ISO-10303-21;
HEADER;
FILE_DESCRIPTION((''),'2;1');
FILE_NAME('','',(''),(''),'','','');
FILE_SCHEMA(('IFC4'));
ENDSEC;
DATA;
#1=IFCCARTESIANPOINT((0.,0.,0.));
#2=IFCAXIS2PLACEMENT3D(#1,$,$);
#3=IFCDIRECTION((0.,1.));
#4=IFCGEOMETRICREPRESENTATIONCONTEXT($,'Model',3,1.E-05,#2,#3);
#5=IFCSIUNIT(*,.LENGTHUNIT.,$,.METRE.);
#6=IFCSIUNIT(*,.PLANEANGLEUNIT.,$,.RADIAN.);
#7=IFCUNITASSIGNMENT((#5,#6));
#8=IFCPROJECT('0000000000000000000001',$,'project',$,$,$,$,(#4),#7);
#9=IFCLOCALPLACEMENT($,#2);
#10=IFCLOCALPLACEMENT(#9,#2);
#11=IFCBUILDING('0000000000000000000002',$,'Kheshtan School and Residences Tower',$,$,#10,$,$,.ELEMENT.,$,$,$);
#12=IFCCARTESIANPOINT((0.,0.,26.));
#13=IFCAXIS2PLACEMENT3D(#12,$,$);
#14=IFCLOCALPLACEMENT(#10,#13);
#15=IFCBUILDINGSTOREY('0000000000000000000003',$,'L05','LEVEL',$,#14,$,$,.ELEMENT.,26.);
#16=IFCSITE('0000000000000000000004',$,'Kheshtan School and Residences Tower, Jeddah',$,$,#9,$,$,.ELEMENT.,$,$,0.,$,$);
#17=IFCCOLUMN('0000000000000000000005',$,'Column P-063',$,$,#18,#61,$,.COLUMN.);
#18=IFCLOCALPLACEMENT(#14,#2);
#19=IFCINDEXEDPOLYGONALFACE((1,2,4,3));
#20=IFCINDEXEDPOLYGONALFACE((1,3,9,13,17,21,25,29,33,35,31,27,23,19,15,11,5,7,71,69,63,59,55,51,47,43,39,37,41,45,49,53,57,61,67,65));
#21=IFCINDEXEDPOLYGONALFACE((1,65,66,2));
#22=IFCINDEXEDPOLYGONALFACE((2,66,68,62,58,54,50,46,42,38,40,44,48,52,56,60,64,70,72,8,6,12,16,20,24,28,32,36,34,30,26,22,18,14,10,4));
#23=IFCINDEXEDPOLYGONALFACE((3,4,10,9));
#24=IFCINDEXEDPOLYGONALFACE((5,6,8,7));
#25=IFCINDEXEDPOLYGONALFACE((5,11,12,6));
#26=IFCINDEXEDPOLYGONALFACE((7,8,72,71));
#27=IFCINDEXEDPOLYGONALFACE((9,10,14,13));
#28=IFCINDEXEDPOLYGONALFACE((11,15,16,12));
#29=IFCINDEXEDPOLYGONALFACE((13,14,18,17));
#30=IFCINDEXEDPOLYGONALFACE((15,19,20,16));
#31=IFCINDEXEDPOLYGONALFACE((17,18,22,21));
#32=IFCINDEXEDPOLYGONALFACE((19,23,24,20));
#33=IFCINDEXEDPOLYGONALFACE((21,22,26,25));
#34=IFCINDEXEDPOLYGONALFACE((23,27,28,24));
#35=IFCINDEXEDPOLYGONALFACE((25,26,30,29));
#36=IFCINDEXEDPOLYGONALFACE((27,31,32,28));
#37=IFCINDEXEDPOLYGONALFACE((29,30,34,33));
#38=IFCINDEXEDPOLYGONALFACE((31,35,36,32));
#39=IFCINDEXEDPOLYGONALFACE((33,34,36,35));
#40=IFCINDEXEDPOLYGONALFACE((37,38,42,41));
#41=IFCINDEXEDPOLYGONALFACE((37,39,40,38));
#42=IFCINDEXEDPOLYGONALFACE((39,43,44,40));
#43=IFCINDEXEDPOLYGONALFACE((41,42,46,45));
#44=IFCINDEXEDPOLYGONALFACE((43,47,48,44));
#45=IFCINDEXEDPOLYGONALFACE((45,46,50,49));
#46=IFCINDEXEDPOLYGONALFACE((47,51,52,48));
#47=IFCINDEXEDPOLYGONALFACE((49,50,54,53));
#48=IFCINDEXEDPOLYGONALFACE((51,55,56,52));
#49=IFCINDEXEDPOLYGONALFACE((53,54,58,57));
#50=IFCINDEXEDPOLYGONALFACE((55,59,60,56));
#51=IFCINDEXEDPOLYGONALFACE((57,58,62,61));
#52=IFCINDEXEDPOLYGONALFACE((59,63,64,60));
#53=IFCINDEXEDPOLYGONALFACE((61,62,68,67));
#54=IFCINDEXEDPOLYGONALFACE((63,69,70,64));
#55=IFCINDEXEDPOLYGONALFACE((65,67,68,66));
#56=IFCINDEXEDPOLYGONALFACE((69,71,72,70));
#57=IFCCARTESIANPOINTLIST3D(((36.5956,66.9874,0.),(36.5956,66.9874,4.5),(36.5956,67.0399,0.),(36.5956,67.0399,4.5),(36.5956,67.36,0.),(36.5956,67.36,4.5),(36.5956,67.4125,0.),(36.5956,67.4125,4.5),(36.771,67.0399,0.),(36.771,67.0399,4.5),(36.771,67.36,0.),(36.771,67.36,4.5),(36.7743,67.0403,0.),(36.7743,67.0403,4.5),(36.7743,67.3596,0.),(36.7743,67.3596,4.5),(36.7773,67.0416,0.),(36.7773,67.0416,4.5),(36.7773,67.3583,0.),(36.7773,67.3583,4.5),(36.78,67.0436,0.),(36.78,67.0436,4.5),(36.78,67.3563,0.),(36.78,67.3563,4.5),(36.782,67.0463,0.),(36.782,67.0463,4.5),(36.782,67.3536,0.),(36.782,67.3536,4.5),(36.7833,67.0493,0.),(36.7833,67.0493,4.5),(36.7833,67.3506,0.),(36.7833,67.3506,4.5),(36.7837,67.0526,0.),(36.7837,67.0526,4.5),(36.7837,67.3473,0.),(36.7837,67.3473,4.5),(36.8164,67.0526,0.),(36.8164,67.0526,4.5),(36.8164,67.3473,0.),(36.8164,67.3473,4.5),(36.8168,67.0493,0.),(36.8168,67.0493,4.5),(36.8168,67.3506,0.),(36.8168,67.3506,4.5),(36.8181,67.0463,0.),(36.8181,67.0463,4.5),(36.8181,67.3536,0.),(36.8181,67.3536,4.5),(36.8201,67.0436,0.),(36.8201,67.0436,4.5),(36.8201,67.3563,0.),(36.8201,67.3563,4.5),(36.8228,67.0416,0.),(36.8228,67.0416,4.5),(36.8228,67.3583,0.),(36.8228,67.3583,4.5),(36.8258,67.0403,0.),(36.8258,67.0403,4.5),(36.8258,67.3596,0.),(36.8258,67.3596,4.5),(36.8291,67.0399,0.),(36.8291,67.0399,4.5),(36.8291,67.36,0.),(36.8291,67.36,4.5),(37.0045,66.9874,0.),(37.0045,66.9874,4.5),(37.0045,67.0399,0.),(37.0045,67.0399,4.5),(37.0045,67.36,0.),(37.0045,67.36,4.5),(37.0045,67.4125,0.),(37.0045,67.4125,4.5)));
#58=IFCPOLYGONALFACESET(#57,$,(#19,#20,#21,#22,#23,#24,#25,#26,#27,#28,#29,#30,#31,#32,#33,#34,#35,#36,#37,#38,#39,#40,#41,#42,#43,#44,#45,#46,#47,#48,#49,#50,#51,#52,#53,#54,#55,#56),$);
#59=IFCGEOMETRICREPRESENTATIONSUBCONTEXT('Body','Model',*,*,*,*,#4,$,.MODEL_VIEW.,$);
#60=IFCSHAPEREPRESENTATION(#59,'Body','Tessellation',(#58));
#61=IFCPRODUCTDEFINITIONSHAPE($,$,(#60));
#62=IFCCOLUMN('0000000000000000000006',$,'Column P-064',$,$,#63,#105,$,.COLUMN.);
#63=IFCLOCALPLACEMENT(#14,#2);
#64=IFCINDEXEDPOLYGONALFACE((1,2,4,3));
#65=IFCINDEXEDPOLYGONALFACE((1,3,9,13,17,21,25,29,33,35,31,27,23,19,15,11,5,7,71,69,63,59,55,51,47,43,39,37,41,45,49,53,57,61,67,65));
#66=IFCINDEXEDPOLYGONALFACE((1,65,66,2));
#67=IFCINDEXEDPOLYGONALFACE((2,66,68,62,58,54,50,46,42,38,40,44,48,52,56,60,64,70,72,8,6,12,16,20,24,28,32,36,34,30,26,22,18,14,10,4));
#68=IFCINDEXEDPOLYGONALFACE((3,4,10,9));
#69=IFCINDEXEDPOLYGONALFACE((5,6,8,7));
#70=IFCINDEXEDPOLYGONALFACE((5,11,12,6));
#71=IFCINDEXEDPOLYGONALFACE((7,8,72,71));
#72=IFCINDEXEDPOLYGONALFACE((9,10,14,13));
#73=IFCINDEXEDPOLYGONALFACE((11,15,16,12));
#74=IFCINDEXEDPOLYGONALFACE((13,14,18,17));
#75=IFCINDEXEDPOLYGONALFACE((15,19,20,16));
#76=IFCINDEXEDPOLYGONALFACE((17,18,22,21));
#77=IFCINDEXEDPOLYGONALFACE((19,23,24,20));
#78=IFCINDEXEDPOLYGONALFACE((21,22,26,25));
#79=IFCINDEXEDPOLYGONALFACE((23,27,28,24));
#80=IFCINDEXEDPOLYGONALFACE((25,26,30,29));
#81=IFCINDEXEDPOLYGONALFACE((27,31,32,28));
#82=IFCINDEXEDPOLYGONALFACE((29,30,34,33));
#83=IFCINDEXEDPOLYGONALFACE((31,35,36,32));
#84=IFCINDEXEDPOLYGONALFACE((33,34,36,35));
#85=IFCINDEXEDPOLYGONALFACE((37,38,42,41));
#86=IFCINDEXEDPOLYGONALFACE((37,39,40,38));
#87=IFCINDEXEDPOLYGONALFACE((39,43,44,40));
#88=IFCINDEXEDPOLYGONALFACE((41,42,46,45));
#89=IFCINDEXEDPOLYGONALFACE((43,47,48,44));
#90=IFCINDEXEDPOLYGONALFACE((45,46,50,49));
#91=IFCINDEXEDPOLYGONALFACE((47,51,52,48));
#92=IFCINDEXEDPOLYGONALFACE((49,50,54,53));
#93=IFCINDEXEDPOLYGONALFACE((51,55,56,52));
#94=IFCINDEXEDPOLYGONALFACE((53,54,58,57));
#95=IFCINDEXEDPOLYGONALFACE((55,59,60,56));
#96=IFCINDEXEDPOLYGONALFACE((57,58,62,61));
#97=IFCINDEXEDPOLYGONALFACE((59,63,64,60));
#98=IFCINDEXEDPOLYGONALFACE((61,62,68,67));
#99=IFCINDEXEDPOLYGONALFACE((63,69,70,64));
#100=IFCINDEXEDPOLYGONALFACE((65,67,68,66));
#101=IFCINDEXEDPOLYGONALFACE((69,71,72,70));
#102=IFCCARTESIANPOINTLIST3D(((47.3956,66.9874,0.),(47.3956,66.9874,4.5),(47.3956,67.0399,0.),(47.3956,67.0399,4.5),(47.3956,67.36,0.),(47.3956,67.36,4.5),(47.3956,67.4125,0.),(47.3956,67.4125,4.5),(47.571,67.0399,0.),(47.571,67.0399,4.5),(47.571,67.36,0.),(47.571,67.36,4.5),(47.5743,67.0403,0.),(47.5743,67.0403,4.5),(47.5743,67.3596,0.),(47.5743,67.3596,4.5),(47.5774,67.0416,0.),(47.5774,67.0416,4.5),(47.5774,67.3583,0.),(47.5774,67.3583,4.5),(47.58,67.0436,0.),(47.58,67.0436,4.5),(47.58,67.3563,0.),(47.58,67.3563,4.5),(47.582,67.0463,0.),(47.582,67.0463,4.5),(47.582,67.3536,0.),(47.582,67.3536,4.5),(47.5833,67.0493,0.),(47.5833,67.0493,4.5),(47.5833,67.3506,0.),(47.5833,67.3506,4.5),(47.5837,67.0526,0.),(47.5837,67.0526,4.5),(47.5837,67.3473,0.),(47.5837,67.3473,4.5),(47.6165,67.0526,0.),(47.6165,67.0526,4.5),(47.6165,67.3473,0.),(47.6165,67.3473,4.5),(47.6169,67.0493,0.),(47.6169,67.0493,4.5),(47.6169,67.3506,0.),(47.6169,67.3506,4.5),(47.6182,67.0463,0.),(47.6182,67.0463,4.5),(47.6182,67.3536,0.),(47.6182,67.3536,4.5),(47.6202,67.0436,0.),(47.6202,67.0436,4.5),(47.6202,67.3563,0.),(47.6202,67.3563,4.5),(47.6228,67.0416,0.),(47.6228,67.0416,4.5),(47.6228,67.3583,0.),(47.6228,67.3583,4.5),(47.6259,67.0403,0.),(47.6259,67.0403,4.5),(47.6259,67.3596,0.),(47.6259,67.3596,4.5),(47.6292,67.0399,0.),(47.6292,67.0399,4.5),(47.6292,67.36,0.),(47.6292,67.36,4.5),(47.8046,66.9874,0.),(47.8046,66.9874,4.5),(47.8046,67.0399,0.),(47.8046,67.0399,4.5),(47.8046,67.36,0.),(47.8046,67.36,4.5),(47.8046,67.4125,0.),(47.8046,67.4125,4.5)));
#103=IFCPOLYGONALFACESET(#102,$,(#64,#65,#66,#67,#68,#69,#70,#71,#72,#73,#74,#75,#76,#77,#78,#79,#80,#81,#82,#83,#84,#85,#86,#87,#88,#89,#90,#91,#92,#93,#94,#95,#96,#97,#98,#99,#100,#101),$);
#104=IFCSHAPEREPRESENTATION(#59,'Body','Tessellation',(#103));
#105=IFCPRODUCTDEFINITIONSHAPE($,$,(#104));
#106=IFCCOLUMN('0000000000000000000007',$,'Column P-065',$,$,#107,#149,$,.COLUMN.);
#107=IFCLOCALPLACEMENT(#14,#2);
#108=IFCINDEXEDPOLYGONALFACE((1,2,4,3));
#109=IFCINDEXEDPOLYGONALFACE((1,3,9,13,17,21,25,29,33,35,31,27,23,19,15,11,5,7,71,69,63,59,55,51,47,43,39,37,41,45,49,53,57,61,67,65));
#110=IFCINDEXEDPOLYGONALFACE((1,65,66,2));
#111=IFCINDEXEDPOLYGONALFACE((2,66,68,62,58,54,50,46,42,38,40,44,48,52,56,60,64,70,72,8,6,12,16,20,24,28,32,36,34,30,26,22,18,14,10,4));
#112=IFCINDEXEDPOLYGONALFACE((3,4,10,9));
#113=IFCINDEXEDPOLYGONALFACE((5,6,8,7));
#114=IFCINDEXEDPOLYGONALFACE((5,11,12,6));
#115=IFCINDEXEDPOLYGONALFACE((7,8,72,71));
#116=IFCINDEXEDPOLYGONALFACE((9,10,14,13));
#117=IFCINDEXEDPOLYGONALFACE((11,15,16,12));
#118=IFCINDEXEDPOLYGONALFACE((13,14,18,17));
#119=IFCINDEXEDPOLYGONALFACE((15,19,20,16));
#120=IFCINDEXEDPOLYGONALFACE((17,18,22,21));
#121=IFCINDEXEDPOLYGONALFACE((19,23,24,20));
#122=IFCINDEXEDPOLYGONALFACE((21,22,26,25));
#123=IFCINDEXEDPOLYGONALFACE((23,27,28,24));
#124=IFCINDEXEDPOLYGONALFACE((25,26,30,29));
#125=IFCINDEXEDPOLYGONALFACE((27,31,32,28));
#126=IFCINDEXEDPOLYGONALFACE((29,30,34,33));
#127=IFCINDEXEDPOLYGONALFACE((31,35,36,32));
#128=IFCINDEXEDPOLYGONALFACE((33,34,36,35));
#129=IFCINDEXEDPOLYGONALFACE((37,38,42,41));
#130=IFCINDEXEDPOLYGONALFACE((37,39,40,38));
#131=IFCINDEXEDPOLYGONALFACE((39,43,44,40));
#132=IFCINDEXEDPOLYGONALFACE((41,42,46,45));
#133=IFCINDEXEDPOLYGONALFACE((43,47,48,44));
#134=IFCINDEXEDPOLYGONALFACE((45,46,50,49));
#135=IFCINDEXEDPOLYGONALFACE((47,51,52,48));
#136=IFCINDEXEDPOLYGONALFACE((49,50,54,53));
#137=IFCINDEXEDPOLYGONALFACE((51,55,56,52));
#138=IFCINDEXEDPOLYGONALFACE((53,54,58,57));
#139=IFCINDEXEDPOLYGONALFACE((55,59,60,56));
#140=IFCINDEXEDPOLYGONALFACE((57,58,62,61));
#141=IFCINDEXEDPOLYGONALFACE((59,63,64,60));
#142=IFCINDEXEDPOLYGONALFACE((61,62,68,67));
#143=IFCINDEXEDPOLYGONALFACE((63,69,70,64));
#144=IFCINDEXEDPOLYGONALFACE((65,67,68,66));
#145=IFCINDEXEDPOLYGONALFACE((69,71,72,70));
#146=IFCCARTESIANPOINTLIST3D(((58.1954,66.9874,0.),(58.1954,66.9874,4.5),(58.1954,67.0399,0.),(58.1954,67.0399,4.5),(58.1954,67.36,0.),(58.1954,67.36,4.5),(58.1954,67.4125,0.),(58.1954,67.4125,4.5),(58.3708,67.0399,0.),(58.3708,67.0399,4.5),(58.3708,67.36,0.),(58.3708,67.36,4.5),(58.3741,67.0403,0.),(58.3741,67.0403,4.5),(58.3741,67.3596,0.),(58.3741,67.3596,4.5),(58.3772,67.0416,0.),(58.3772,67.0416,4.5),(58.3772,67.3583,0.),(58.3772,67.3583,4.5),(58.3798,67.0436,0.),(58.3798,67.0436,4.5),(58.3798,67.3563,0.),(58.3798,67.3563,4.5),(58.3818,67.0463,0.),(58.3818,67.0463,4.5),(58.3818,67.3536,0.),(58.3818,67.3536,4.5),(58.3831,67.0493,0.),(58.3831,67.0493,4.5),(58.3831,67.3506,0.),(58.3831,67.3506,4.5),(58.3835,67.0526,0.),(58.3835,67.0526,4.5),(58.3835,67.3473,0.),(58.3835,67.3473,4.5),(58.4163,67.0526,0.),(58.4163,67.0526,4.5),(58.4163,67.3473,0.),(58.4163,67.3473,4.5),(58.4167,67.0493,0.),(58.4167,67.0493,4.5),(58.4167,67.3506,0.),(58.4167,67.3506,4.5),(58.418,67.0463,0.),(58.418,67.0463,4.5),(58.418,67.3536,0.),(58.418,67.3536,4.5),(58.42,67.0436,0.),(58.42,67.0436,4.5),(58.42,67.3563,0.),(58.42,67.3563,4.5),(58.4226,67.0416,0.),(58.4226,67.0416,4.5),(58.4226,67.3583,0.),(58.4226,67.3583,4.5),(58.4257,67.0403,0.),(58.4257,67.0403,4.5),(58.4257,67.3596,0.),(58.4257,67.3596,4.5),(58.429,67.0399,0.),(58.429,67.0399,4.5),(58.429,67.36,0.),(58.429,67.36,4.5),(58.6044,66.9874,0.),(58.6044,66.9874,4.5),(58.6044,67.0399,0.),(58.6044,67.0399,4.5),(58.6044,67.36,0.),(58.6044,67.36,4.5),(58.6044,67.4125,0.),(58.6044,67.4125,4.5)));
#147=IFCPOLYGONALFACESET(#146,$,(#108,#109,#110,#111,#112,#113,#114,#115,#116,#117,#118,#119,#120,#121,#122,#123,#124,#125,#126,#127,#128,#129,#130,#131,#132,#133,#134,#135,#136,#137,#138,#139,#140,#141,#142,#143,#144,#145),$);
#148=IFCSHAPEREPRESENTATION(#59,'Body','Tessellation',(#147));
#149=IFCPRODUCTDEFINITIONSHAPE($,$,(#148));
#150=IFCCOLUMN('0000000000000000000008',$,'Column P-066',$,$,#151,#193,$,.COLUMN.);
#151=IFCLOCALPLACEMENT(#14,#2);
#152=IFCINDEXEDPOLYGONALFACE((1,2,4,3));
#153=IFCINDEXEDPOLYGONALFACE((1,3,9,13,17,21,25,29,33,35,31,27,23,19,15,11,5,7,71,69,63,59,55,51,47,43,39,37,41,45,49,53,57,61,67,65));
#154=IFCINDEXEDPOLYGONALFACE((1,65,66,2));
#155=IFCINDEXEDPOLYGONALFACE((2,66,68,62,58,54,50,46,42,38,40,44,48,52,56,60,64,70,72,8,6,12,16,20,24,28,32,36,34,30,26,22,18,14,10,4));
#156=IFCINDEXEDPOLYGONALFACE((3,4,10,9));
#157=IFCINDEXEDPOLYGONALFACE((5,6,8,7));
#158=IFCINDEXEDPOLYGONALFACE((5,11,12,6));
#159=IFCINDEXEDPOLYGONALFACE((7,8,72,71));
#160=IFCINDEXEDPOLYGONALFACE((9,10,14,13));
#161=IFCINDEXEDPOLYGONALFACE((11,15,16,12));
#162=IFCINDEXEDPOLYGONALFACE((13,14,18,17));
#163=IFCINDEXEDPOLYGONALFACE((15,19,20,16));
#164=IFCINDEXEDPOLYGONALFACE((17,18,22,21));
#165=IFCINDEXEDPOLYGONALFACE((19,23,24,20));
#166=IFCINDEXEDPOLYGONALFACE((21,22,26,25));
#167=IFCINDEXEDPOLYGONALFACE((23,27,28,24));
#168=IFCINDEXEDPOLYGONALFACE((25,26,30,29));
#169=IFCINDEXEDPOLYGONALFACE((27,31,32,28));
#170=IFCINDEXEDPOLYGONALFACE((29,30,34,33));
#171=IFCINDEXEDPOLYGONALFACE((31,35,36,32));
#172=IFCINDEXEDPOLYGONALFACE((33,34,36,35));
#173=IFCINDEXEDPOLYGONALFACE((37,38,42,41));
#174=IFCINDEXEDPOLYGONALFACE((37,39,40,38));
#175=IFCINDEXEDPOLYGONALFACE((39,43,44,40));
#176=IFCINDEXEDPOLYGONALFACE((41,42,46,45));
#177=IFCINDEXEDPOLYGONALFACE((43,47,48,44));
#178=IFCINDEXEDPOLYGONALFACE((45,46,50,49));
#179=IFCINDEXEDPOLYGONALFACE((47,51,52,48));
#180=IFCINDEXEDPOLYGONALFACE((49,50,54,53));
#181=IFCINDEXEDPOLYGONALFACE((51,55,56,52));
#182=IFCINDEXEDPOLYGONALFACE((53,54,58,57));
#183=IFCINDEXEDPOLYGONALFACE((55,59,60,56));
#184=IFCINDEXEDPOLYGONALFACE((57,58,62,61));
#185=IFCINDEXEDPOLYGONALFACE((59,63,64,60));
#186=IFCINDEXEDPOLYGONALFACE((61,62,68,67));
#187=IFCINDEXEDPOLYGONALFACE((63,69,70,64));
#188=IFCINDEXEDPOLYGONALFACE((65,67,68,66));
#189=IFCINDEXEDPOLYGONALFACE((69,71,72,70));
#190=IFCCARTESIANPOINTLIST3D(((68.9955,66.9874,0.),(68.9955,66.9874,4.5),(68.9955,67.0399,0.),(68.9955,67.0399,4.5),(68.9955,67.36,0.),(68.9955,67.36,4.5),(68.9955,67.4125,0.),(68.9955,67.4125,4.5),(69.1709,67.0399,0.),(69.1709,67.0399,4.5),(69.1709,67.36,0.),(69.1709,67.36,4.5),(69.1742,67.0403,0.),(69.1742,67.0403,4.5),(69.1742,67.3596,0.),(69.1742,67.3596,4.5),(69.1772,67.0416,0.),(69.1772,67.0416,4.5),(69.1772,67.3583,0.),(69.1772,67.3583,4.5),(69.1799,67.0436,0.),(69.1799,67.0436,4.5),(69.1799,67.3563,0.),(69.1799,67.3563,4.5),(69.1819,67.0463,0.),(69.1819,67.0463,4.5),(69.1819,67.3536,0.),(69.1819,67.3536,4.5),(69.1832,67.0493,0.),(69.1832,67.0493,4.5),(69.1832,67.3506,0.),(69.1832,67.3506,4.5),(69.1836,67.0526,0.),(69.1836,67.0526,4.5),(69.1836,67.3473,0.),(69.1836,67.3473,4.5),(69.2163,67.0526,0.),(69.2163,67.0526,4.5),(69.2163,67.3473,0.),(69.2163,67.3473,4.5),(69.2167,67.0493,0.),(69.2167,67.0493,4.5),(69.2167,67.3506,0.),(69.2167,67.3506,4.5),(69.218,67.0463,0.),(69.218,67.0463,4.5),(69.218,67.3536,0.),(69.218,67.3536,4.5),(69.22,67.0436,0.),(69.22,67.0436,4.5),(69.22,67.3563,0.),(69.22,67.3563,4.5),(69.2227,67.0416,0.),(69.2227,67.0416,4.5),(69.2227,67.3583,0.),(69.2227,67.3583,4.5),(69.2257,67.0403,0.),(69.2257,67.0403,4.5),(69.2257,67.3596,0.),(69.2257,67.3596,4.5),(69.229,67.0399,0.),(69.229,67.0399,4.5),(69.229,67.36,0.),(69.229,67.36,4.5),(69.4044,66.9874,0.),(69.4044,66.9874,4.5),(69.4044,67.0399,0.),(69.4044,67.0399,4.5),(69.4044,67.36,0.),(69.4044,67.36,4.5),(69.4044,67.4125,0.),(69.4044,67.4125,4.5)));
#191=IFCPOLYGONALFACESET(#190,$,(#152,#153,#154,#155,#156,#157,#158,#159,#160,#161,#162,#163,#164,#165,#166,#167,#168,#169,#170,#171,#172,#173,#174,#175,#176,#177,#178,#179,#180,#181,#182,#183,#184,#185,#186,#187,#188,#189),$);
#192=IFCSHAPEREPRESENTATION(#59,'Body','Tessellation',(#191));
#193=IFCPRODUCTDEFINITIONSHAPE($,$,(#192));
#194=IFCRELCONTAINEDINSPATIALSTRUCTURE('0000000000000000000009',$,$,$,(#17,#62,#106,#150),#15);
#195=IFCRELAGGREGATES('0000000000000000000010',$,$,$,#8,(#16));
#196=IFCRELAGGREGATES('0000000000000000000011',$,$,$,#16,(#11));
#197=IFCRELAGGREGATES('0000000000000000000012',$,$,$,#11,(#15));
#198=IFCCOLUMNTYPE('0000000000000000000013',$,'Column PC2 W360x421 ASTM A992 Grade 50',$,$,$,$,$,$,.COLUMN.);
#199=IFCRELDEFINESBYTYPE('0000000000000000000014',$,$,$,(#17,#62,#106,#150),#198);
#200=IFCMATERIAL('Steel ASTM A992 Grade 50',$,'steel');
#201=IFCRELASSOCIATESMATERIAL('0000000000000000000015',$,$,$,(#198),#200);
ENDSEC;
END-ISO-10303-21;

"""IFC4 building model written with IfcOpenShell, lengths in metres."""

from ifc_helpers import new_model, si_unit, direction, frame, origin, origin_2d, place, context, subcontext, project, spatial, i_section, extrude, material, material_profile, profile_set, type_object, element, save


model = new_model("IFC4")

# Units and contexts
model_context = context("Model", 3, precision=1e-05, world=origin(), true_north=direction((0.0, 1.0)))
body_context = subcontext(model_context, "Body", "Model", "MODEL_VIEW")
ifc_project = project(units=[si_unit("LENGTHUNIT", "METRE"), si_unit("PLANEANGLEUNIT", "RADIAN")], contexts=[model_context])

# Site, building, storey
site_placement = place(None, origin())
site = spatial("IfcSite", under=ifc_project, at=site_placement, Name="Kheshtan School and Residences Tower, Jeddah", CompositionType="ELEMENT", RefElevation=0.0)
building_placement = place(site_placement, origin())
building = spatial("IfcBuilding", under=site, at=building_placement, Name="Kheshtan School and Residences Tower", CompositionType="ELEMENT")
storey_placement = place(building_placement, frame((0.0, 0.0, 26.0)))
storey = spatial("IfcBuildingStorey", under=building, at=storey_placement, Name="L05", Description="LEVEL", CompositionType="ELEMENT", Elevation=26.0)

# Columns
ifc_material_1 = material(Name="Steel ASTM A992 Grade 50", Category="steel")
ifc_material_profile_1 = material_profile(ifc_material_1, i_section(OverallWidth=0.4089, OverallDepth=0.425, WebThickness=0.0327, FlangeThickness=0.0525, FilletRadius=0.0127, at=origin_2d()), Name="W360x421")
ifc_profile_set_1 = profile_set([ifc_material_profile_1], Name="Steel ASTM A992 Grade 50")
column_type = type_object("IfcColumnType", Name="Column PC2 W360x421 ASTM A992 Grade 50", PredefinedType="COLUMN", material=ifc_profile_set_1)
for number, where, z_axis, x_axis, name in (
    (1, (36.8, 67.2, 0.0), (0.0, 0.0, 1.0), (1.0, 0.0, 0.0), "Column P-063"),
    (2, (47.6001, 67.2, 0.0), (0.0, 0.0, 1.0), (1.0, 0.0, 0.0), "Column P-064"),
    (3, (58.3999, 67.2, 0.0), (0.0, 0.0, 1.0), (1.0, 0.0, 0.0), "Column P-065"),
    (4, (69.2, 67.2, 0.0), (0.0, 0.0, 1.0), (1.0, 0.0, 0.0), "Column P-066"),
):
    element("IfcColumn", number, at=place(storey_placement, frame(where, z_axis=z_axis, x_axis=x_axis)), inside=storey, type_object=column_type, Name=name, PredefinedType="COLUMN", context=body_context, shape_type="SweptSolid", body=[
        extrude(i_section(OverallWidth=0.4089, OverallDepth=0.425, WebThickness=0.0327, FlangeThickness=0.0525, FilletRadius=0.0127, at=origin_2d()), origin(), (0.0, 0.0, 1.0), 4.5),
    ])

save(model, "model.ifc")
